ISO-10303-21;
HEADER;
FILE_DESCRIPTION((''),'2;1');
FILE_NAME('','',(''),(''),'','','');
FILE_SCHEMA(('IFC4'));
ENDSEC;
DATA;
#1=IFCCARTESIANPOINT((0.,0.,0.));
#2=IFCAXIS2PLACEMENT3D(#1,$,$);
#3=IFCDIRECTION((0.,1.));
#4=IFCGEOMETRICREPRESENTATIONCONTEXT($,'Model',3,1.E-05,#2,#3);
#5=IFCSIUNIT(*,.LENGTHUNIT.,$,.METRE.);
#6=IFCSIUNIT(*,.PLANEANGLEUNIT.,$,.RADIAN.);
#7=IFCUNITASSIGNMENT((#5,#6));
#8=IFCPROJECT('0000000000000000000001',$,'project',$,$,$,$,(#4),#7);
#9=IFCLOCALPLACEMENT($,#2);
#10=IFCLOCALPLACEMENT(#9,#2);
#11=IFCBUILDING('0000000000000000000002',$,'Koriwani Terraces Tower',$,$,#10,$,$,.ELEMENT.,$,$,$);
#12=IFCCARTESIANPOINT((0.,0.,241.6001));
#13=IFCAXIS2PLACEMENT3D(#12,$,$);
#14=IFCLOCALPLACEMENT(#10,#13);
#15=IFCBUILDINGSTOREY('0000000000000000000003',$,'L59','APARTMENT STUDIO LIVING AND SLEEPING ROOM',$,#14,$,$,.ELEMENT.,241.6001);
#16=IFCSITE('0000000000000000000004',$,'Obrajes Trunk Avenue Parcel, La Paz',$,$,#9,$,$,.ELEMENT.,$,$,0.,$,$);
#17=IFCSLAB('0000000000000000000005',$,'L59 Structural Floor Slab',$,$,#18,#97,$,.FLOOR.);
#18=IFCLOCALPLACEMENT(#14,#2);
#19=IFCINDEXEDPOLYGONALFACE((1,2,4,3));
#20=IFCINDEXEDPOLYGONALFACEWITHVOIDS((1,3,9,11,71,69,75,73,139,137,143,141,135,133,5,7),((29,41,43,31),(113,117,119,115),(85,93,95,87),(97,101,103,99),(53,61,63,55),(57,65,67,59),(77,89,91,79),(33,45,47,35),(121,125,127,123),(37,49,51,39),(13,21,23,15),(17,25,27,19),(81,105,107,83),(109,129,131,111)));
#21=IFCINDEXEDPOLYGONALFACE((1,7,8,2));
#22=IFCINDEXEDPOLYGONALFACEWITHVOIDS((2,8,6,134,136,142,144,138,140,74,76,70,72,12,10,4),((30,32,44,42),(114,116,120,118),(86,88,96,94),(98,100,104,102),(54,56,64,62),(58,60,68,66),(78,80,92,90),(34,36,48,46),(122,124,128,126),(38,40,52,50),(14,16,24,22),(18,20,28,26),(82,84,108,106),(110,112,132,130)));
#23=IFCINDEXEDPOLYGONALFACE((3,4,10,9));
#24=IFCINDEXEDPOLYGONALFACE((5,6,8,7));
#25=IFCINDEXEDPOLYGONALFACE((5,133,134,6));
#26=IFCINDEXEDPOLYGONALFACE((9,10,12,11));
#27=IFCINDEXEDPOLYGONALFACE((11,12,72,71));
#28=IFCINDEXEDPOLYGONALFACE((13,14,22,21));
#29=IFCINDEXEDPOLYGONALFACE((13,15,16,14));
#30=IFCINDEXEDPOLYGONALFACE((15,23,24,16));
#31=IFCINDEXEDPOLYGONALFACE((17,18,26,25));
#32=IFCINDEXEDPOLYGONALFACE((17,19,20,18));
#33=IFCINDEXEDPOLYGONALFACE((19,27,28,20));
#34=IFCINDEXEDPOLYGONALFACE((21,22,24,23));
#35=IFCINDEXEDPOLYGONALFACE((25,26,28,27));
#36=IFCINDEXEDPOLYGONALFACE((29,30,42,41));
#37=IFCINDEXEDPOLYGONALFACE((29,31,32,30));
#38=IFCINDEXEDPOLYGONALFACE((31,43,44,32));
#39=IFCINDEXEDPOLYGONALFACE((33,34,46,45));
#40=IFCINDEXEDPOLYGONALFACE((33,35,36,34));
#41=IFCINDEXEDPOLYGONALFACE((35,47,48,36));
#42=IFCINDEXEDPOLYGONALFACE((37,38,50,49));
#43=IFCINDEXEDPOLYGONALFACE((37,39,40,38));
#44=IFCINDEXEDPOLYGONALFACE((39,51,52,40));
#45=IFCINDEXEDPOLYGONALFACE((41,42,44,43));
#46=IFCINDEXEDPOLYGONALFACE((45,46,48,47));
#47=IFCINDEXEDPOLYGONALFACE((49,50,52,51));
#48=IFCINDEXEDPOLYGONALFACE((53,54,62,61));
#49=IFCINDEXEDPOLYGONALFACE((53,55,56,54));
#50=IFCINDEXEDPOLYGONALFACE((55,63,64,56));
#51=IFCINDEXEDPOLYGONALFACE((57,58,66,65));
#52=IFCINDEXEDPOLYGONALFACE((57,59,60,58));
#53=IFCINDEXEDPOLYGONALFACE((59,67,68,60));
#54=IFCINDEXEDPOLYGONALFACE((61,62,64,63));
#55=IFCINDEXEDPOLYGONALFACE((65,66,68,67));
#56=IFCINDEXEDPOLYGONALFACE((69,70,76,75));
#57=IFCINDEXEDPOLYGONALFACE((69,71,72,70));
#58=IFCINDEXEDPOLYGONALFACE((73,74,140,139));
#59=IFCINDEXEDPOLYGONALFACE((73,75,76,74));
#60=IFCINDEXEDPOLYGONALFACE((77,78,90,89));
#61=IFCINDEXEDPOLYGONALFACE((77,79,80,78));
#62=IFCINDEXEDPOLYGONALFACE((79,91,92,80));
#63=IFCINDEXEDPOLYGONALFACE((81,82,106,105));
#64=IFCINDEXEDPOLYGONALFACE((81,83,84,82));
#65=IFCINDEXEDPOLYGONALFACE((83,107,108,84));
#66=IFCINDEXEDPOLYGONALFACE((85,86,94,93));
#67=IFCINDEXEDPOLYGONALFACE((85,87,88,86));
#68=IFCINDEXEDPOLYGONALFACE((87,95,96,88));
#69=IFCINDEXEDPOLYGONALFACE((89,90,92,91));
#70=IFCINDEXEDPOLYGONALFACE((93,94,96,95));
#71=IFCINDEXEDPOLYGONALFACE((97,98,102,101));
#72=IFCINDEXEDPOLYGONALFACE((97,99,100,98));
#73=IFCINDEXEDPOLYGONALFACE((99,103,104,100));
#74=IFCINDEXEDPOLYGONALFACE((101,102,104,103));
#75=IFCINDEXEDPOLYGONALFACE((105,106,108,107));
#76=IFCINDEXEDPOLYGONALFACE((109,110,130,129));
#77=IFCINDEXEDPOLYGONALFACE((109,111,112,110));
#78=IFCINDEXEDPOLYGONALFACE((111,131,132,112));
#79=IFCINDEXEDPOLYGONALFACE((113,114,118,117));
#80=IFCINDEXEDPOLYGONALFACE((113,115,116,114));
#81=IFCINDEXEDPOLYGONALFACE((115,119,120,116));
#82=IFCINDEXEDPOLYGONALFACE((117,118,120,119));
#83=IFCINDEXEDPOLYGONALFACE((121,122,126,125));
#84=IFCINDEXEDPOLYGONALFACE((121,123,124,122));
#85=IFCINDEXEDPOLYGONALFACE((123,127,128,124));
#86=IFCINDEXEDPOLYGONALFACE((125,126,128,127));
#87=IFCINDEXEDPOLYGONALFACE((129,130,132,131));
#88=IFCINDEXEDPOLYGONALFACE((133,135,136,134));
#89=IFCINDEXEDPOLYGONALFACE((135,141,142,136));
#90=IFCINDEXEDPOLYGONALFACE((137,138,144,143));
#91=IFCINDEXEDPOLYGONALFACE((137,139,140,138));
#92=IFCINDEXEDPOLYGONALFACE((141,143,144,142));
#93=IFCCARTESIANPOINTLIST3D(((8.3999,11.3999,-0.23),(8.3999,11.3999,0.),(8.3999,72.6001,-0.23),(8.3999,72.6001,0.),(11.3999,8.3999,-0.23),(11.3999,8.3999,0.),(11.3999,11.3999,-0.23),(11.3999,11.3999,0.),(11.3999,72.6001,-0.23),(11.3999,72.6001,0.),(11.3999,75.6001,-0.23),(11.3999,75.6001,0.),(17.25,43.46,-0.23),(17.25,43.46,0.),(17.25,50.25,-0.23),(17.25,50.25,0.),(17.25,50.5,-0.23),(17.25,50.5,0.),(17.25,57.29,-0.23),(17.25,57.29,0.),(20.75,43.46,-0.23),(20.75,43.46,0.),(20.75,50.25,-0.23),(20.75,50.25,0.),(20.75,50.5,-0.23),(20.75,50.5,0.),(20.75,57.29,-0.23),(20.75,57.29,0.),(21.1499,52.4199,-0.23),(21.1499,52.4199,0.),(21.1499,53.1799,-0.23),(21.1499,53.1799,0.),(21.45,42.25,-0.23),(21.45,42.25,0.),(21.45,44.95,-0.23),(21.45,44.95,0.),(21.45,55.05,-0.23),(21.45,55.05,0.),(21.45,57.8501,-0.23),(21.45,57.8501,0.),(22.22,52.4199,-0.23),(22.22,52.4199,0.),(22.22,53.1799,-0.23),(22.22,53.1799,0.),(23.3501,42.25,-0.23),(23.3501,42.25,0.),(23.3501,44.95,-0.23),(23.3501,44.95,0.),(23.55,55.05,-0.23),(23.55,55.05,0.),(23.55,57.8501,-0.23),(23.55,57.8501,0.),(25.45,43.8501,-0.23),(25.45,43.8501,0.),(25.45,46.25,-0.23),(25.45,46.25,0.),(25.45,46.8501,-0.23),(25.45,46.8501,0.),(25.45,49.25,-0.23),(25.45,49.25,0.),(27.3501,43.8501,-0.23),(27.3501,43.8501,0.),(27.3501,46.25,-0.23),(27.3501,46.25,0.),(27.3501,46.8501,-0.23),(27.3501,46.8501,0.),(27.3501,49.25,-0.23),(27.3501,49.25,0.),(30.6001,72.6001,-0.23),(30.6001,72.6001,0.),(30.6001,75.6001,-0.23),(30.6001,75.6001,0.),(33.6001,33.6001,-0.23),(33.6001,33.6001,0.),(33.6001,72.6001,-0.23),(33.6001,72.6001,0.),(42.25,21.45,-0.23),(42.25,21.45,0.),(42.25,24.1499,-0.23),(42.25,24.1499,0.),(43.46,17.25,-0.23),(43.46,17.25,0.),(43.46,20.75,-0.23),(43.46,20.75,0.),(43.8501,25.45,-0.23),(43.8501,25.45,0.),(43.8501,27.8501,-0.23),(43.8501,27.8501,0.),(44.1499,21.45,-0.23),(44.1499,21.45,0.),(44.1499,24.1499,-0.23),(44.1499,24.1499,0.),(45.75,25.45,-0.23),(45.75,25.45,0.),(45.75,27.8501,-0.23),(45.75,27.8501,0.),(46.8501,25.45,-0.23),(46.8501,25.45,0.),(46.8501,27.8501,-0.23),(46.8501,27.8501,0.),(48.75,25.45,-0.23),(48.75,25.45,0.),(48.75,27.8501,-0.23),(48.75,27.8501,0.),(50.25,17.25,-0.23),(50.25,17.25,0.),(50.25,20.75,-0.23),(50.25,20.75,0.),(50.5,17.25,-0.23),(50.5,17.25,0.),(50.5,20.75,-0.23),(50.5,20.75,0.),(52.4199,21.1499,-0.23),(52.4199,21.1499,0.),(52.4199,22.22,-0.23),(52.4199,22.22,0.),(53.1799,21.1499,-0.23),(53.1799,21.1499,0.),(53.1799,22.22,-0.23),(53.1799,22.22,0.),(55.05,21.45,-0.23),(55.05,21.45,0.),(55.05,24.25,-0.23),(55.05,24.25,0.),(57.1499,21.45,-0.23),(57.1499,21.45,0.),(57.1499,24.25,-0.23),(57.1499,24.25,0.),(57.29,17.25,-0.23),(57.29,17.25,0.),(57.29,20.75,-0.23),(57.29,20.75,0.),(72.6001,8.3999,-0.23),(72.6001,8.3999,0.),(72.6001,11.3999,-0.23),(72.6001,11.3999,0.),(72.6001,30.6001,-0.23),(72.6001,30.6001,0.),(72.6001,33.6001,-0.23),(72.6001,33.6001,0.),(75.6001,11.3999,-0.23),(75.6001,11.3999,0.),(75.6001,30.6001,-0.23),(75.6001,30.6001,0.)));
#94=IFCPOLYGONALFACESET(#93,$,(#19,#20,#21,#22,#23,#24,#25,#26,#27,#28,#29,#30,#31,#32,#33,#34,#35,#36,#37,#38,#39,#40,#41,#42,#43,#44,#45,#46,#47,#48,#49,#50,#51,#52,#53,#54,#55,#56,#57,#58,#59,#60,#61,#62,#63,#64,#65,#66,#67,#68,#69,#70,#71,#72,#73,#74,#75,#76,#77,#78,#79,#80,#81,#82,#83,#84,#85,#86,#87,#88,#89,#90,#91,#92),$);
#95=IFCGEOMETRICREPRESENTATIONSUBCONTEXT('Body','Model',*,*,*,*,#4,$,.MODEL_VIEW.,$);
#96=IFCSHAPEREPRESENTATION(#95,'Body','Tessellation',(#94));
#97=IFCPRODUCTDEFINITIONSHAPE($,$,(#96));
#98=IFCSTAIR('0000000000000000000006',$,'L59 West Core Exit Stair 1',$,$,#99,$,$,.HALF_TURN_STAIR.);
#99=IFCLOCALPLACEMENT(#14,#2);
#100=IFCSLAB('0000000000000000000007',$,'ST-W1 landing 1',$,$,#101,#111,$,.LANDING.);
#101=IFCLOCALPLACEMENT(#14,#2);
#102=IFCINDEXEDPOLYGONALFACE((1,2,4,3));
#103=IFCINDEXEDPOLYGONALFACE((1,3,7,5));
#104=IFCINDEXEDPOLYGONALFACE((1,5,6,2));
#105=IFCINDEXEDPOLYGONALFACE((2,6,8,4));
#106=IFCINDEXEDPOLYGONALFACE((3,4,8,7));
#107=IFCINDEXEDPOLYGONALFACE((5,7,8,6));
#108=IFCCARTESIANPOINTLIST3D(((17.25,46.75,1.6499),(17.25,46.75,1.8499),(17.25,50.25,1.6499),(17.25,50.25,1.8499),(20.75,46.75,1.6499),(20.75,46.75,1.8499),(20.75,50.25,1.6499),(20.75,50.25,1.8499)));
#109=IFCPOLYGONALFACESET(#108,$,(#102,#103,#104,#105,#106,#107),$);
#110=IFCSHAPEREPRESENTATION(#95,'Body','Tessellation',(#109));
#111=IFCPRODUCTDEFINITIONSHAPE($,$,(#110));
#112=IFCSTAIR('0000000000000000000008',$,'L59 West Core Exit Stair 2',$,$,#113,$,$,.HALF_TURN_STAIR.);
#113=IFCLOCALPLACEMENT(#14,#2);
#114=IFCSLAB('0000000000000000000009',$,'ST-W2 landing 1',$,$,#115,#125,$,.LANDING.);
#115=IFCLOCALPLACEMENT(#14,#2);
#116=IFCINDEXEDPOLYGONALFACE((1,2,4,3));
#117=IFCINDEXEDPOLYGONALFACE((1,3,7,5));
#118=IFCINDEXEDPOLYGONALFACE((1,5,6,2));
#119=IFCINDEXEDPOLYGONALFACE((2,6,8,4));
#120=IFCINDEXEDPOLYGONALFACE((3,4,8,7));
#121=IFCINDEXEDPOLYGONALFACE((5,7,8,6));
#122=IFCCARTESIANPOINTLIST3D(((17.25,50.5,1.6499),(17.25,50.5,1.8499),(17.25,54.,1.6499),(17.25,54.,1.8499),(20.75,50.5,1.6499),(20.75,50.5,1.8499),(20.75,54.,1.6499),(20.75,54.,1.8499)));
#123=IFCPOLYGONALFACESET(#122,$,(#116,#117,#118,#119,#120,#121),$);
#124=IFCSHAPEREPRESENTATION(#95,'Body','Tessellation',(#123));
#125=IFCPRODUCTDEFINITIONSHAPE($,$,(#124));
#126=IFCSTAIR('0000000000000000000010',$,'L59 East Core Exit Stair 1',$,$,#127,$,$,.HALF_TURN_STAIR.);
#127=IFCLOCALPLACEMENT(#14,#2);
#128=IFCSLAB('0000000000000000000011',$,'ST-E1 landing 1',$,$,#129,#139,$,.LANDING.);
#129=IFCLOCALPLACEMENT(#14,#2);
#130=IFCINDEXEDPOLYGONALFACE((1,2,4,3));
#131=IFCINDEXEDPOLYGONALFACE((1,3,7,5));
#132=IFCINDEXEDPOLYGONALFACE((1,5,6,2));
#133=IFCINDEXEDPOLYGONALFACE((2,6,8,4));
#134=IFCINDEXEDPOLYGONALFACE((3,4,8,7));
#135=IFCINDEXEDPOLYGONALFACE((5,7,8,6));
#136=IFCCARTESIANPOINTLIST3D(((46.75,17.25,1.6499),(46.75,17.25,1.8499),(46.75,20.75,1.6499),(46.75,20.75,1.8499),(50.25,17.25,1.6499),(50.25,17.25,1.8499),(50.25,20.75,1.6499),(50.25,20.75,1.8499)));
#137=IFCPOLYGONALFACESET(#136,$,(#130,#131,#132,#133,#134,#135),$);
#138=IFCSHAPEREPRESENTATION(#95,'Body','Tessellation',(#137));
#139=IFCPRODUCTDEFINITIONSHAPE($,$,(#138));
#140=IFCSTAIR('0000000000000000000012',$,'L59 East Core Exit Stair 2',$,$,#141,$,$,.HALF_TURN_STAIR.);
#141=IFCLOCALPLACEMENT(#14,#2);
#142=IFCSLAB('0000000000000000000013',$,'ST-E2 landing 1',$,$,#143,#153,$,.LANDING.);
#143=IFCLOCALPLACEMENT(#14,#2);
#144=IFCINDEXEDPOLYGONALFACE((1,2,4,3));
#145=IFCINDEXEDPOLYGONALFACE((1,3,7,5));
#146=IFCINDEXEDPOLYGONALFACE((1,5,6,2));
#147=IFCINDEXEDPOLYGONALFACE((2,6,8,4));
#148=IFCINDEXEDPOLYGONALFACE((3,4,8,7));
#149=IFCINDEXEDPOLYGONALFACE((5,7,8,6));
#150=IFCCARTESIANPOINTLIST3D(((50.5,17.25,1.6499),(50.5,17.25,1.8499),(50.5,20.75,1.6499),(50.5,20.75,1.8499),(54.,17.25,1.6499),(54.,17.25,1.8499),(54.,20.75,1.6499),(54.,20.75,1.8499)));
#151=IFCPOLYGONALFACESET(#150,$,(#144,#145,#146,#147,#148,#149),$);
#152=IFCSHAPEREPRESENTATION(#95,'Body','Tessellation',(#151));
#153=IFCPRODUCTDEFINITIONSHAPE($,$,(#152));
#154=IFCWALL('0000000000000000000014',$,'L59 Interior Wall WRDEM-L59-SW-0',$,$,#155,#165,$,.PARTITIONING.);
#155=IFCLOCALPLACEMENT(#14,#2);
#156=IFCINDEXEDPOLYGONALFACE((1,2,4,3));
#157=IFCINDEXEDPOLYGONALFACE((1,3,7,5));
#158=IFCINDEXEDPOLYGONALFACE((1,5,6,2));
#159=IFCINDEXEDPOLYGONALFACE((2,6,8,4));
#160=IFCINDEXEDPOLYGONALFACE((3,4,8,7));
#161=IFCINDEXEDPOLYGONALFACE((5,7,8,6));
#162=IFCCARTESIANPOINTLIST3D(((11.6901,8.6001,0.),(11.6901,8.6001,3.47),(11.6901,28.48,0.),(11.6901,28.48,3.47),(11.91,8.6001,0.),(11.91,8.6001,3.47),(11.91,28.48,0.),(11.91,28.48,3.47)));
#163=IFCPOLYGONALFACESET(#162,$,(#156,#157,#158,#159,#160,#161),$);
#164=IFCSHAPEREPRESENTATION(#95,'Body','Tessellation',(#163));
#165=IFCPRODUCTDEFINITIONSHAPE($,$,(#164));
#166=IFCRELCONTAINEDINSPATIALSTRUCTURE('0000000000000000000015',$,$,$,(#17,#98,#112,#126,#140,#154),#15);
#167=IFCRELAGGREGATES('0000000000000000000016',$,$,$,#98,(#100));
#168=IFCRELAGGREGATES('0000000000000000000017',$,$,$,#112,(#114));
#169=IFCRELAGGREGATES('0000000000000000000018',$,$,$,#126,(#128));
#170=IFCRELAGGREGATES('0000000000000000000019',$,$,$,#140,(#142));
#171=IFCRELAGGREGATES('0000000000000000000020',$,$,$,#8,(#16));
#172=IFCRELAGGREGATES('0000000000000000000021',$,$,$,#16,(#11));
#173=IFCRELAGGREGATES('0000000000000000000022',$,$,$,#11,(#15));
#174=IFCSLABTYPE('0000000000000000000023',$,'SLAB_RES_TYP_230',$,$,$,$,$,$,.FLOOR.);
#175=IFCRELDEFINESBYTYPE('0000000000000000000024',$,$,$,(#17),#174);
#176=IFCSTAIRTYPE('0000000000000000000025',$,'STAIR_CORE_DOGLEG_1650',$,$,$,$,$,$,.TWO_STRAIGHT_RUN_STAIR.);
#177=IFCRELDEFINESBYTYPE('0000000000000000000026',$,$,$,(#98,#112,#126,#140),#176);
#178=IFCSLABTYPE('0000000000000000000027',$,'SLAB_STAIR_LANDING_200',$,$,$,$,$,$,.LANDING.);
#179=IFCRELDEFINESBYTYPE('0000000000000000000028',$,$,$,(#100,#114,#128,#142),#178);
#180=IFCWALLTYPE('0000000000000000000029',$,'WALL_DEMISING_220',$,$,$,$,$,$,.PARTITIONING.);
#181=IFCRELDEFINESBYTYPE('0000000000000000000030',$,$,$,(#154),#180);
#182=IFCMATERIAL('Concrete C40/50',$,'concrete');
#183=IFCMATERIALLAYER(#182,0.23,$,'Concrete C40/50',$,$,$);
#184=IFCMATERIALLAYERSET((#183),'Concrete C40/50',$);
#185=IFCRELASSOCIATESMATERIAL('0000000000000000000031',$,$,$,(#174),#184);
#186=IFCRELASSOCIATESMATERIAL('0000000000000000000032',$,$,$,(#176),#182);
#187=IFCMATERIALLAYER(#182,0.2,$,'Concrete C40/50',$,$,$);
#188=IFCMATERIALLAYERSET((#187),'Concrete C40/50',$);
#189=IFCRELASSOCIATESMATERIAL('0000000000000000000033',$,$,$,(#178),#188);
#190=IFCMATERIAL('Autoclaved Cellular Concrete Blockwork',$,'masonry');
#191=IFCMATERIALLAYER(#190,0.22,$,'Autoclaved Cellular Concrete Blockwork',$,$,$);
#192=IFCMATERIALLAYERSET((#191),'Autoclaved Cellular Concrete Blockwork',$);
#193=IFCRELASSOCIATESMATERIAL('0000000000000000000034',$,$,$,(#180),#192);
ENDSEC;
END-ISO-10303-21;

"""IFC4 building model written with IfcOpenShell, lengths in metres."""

from ifc_helpers import new_model, si_unit, direction, frame, frame_2d, origin, place, context, subcontext, project, spatial, polyline, rectangle, outline, extrude, material, layer, layer_set, type_object, element, aggregate, save


model = new_model("IFC4")

# Units and contexts
model_context = context("Model", 3, precision=1e-05, world=origin(), true_north=direction((0.0, 1.0)))
body_context = subcontext(model_context, "Body", "Model", "MODEL_VIEW")
ifc_project = project(units=[si_unit("LENGTHUNIT", "METRE"), si_unit("PLANEANGLEUNIT", "RADIAN")], contexts=[model_context])

# Site, building, storey
site_placement = place(None, origin())
site = spatial("IfcSite", under=ifc_project, at=site_placement, Name="Obrajes Trunk Avenue Parcel, La Paz", CompositionType="ELEMENT", RefElevation=0.0)
building_placement = place(site_placement, origin())
building = spatial("IfcBuilding", under=site, at=building_placement, Name="Koriwani Terraces Tower", CompositionType="ELEMENT")
storey_placement = place(building_placement, frame((0.0, 0.0, 241.6001)))
storey = spatial("IfcBuildingStorey", under=building, at=storey_placement, Name="L59", Description="APARTMENT STUDIO LIVING AND SLEEPING ROOM", CompositionType="ELEMENT", Elevation=241.6001)

# Slab
ifc_material_1 = material(Name="Concrete C40/50", Category="concrete")
ifc_layer_1 = layer(ifc_material_1, 0.23, Name="Concrete C40/50")
ifc_layer_set_1 = layer_set([ifc_layer_1], Name="Concrete C40/50")
slab_type_1 = type_object("IfcSlabType", Name="SLAB_RES_TYP_230", PredefinedType="FLOOR", material=ifc_layer_set_1)
slab_1_placement = place(storey_placement, frame((0.0, 0.0, -0.23)))
element("IfcSlab", 1, at=slab_1_placement, inside=storey, type_object=slab_type_1, Name="L59 Structural Floor Slab", PredefinedType="FLOOR", context=body_context, shape_type="SweptSolid", body=[
    extrude(outline(polyline([(11.3999, 8.3999), (72.6001, 8.3999), (72.6001, 11.3999), (75.6001, 11.3999), (75.6001, 30.6001), (72.6001, 30.6001), (72.6001, 33.6001), (33.6001, 33.6001), (33.6001, 72.6001), (30.6001, 72.6001), (30.6001, 75.6001), (11.3999, 75.6001), (11.3999, 72.6001), (8.3999, 72.6001), (8.3999, 11.3999), (11.3999, 11.3999), (11.3999, 8.3999)]), holes=[polyline([(17.25, 43.46), (20.75, 43.46), (20.75, 50.25), (17.25, 50.25), (17.25, 43.46)]), polyline([(17.25, 50.5), (20.75, 50.5), (20.75, 57.29), (17.25, 57.29), (17.25, 50.5)]), polyline([(43.46, 17.25), (50.25, 17.25), (50.25, 20.75), (43.46, 20.75), (43.46, 17.25)]), polyline([(50.5, 17.25), (57.29, 17.25), (57.29, 20.75), (50.5, 20.75), (50.5, 17.25)]), polyline([(25.45, 43.8501), (27.3501, 43.8501), (27.3501, 46.25), (25.45, 46.25), (25.45, 43.8501)]), polyline([(25.45, 46.8501), (27.3501, 46.8501), (27.3501, 49.25), (25.45, 49.25), (25.45, 46.8501)]), polyline([(43.8501, 25.45), (45.75, 25.45), (45.75, 27.8501), (43.8501, 27.8501), (43.8501, 25.45)]), polyline([(46.8501, 25.45), (48.75, 25.45), (48.75, 27.8501), (46.8501, 27.8501), (46.8501, 25.45)]), polyline([(21.45, 55.05), (23.55, 55.05), (23.55, 57.8501), (21.45, 57.8501), (21.45, 55.05)]), polyline([(55.05, 21.45), (57.1499, 21.45), (57.1499, 24.25), (55.05, 24.25), (55.05, 21.45)]), polyline([(21.45, 42.25), (23.3501, 42.25), (23.3501, 44.95), (21.45, 44.95), (21.45, 42.25)]), polyline([(42.25, 21.45), (44.1499, 21.45), (44.1499, 24.1499), (42.25, 24.1499), (42.25, 21.45)]), polyline([(21.1499, 52.4199), (22.22, 52.4199), (22.22, 53.1799), (21.1499, 53.1799), (21.1499, 52.4199)]), polyline([(52.4199, 21.1499), (53.1799, 21.1499), (53.1799, 22.22), (52.4199, 22.22), (52.4199, 21.1499)])]), origin(), (0.0, 0.0, 1.0), 0.23),
])

# Stairs, slabs
stair_type = type_object("IfcStairType", Name="STAIR_CORE_DOGLEG_1650", PredefinedType="TWO_STRAIGHT_RUN_STAIR", material=ifc_material_1)
stair_1_placement = place(storey_placement, origin())
stair_1 = element("IfcStair", 2, at=stair_1_placement, inside=storey, type_object=stair_type, Name="L59 West Core Exit Stair 1", PredefinedType="HALF_TURN_STAIR")
ifc_layer_2 = layer(ifc_material_1, 0.2, Name="Concrete C40/50")
ifc_layer_set_2 = layer_set([ifc_layer_2], Name="Concrete C40/50")
slab_type_2 = type_object("IfcSlabType", Name="SLAB_STAIR_LANDING_200", PredefinedType="LANDING", material=ifc_layer_set_2)
slab_2_placement = place(storey_placement, frame((0.0, 0.0, 1.6499)))
slab_2 = element("IfcSlab", 3, at=slab_2_placement, type_object=slab_type_2, Name="ST-W1 landing 1", PredefinedType="LANDING", context=body_context, shape_type="SweptSolid", body=[
    extrude(outline(polyline([(20.75, 46.75), (20.75, 50.25), (17.25, 50.25), (17.25, 46.75), (20.75, 46.75)])), origin(), (0.0, 0.0, 1.0), 0.2),
])
aggregate(stair_1, [slab_2])
stair_2_placement = place(storey_placement, origin())
stair_2 = element("IfcStair", 4, at=stair_2_placement, inside=storey, type_object=stair_type, Name="L59 West Core Exit Stair 2", PredefinedType="HALF_TURN_STAIR")
slab_3_placement = place(storey_placement, frame((0.0, 0.0, 1.6499)))
slab_3 = element("IfcSlab", 5, at=slab_3_placement, type_object=slab_type_2, Name="ST-W2 landing 1", PredefinedType="LANDING", context=body_context, shape_type="SweptSolid", body=[
    extrude(outline(polyline([(17.25, 54.0), (17.25, 50.5), (20.75, 50.5), (20.75, 54.0), (17.25, 54.0)])), origin(), (0.0, 0.0, 1.0), 0.2),
])
aggregate(stair_2, [slab_3])
stair_3_placement = place(storey_placement, origin())
stair_3 = element("IfcStair", 6, at=stair_3_placement, inside=storey, type_object=stair_type, Name="L59 East Core Exit Stair 1", PredefinedType="HALF_TURN_STAIR")
slab_4_placement = place(storey_placement, frame((0.0, 0.0, 1.6499)))
slab_4 = element("IfcSlab", 7, at=slab_4_placement, type_object=slab_type_2, Name="ST-E1 landing 1", PredefinedType="LANDING", context=body_context, shape_type="SweptSolid", body=[
    extrude(outline(polyline([(46.75, 17.25), (50.25, 17.25), (50.25, 20.75), (46.75, 20.75), (46.75, 17.25)])), origin(), (0.0, 0.0, 1.0), 0.2),
])
aggregate(stair_3, [slab_4])
stair_4_placement = place(storey_placement, origin())
stair_4 = element("IfcStair", 8, at=stair_4_placement, inside=storey, type_object=stair_type, Name="L59 East Core Exit Stair 2", PredefinedType="HALF_TURN_STAIR")
slab_5_placement = place(storey_placement, frame((0.0, 0.0, 1.6499)))
slab_5 = element("IfcSlab", 9, at=slab_5_placement, type_object=slab_type_2, Name="ST-E2 landing 1", PredefinedType="LANDING", context=body_context, shape_type="SweptSolid", body=[
    extrude(outline(polyline([(54.0, 20.75), (50.5, 20.75), (50.5, 17.25), (54.0, 17.25), (54.0, 20.75)])), origin(), (0.0, 0.0, 1.0), 0.2),
])
aggregate(stair_4, [slab_5])

# Wall
ifc_material_2 = material(Name="Autoclaved Cellular Concrete Blockwork", Category="masonry")
ifc_layer_3 = layer(ifc_material_2, 0.22, Name="Autoclaved Cellular Concrete Blockwork")
ifc_layer_set_3 = layer_set([ifc_layer_3], Name="Autoclaved Cellular Concrete Blockwork")
wall_type_1 = type_object("IfcWallType", Name="WALL_DEMISING_220", PredefinedType="PARTITIONING", material=ifc_layer_set_3)
wall_1_placement = place(storey_placement, frame((11.8, 8.6001, 0.0), z_axis=(0.0, 0.0, 1.0), x_axis=(0.0, 1.0, 0.0)))
element("IfcWall", 10, at=wall_1_placement, inside=storey, type_object=wall_type_1, Name="L59 Interior Wall WRDEM-L59-SW-0", PredefinedType="PARTITIONING", context=body_context, shape_type="SweptSolid", body=[
    extrude(rectangle(XDim=19.8799, YDim=0.22, at=frame_2d((9.9399, 0.0))), origin(), (0.0, 0.0, 1.0), 3.47),
])

save(model, "model.ifc")
